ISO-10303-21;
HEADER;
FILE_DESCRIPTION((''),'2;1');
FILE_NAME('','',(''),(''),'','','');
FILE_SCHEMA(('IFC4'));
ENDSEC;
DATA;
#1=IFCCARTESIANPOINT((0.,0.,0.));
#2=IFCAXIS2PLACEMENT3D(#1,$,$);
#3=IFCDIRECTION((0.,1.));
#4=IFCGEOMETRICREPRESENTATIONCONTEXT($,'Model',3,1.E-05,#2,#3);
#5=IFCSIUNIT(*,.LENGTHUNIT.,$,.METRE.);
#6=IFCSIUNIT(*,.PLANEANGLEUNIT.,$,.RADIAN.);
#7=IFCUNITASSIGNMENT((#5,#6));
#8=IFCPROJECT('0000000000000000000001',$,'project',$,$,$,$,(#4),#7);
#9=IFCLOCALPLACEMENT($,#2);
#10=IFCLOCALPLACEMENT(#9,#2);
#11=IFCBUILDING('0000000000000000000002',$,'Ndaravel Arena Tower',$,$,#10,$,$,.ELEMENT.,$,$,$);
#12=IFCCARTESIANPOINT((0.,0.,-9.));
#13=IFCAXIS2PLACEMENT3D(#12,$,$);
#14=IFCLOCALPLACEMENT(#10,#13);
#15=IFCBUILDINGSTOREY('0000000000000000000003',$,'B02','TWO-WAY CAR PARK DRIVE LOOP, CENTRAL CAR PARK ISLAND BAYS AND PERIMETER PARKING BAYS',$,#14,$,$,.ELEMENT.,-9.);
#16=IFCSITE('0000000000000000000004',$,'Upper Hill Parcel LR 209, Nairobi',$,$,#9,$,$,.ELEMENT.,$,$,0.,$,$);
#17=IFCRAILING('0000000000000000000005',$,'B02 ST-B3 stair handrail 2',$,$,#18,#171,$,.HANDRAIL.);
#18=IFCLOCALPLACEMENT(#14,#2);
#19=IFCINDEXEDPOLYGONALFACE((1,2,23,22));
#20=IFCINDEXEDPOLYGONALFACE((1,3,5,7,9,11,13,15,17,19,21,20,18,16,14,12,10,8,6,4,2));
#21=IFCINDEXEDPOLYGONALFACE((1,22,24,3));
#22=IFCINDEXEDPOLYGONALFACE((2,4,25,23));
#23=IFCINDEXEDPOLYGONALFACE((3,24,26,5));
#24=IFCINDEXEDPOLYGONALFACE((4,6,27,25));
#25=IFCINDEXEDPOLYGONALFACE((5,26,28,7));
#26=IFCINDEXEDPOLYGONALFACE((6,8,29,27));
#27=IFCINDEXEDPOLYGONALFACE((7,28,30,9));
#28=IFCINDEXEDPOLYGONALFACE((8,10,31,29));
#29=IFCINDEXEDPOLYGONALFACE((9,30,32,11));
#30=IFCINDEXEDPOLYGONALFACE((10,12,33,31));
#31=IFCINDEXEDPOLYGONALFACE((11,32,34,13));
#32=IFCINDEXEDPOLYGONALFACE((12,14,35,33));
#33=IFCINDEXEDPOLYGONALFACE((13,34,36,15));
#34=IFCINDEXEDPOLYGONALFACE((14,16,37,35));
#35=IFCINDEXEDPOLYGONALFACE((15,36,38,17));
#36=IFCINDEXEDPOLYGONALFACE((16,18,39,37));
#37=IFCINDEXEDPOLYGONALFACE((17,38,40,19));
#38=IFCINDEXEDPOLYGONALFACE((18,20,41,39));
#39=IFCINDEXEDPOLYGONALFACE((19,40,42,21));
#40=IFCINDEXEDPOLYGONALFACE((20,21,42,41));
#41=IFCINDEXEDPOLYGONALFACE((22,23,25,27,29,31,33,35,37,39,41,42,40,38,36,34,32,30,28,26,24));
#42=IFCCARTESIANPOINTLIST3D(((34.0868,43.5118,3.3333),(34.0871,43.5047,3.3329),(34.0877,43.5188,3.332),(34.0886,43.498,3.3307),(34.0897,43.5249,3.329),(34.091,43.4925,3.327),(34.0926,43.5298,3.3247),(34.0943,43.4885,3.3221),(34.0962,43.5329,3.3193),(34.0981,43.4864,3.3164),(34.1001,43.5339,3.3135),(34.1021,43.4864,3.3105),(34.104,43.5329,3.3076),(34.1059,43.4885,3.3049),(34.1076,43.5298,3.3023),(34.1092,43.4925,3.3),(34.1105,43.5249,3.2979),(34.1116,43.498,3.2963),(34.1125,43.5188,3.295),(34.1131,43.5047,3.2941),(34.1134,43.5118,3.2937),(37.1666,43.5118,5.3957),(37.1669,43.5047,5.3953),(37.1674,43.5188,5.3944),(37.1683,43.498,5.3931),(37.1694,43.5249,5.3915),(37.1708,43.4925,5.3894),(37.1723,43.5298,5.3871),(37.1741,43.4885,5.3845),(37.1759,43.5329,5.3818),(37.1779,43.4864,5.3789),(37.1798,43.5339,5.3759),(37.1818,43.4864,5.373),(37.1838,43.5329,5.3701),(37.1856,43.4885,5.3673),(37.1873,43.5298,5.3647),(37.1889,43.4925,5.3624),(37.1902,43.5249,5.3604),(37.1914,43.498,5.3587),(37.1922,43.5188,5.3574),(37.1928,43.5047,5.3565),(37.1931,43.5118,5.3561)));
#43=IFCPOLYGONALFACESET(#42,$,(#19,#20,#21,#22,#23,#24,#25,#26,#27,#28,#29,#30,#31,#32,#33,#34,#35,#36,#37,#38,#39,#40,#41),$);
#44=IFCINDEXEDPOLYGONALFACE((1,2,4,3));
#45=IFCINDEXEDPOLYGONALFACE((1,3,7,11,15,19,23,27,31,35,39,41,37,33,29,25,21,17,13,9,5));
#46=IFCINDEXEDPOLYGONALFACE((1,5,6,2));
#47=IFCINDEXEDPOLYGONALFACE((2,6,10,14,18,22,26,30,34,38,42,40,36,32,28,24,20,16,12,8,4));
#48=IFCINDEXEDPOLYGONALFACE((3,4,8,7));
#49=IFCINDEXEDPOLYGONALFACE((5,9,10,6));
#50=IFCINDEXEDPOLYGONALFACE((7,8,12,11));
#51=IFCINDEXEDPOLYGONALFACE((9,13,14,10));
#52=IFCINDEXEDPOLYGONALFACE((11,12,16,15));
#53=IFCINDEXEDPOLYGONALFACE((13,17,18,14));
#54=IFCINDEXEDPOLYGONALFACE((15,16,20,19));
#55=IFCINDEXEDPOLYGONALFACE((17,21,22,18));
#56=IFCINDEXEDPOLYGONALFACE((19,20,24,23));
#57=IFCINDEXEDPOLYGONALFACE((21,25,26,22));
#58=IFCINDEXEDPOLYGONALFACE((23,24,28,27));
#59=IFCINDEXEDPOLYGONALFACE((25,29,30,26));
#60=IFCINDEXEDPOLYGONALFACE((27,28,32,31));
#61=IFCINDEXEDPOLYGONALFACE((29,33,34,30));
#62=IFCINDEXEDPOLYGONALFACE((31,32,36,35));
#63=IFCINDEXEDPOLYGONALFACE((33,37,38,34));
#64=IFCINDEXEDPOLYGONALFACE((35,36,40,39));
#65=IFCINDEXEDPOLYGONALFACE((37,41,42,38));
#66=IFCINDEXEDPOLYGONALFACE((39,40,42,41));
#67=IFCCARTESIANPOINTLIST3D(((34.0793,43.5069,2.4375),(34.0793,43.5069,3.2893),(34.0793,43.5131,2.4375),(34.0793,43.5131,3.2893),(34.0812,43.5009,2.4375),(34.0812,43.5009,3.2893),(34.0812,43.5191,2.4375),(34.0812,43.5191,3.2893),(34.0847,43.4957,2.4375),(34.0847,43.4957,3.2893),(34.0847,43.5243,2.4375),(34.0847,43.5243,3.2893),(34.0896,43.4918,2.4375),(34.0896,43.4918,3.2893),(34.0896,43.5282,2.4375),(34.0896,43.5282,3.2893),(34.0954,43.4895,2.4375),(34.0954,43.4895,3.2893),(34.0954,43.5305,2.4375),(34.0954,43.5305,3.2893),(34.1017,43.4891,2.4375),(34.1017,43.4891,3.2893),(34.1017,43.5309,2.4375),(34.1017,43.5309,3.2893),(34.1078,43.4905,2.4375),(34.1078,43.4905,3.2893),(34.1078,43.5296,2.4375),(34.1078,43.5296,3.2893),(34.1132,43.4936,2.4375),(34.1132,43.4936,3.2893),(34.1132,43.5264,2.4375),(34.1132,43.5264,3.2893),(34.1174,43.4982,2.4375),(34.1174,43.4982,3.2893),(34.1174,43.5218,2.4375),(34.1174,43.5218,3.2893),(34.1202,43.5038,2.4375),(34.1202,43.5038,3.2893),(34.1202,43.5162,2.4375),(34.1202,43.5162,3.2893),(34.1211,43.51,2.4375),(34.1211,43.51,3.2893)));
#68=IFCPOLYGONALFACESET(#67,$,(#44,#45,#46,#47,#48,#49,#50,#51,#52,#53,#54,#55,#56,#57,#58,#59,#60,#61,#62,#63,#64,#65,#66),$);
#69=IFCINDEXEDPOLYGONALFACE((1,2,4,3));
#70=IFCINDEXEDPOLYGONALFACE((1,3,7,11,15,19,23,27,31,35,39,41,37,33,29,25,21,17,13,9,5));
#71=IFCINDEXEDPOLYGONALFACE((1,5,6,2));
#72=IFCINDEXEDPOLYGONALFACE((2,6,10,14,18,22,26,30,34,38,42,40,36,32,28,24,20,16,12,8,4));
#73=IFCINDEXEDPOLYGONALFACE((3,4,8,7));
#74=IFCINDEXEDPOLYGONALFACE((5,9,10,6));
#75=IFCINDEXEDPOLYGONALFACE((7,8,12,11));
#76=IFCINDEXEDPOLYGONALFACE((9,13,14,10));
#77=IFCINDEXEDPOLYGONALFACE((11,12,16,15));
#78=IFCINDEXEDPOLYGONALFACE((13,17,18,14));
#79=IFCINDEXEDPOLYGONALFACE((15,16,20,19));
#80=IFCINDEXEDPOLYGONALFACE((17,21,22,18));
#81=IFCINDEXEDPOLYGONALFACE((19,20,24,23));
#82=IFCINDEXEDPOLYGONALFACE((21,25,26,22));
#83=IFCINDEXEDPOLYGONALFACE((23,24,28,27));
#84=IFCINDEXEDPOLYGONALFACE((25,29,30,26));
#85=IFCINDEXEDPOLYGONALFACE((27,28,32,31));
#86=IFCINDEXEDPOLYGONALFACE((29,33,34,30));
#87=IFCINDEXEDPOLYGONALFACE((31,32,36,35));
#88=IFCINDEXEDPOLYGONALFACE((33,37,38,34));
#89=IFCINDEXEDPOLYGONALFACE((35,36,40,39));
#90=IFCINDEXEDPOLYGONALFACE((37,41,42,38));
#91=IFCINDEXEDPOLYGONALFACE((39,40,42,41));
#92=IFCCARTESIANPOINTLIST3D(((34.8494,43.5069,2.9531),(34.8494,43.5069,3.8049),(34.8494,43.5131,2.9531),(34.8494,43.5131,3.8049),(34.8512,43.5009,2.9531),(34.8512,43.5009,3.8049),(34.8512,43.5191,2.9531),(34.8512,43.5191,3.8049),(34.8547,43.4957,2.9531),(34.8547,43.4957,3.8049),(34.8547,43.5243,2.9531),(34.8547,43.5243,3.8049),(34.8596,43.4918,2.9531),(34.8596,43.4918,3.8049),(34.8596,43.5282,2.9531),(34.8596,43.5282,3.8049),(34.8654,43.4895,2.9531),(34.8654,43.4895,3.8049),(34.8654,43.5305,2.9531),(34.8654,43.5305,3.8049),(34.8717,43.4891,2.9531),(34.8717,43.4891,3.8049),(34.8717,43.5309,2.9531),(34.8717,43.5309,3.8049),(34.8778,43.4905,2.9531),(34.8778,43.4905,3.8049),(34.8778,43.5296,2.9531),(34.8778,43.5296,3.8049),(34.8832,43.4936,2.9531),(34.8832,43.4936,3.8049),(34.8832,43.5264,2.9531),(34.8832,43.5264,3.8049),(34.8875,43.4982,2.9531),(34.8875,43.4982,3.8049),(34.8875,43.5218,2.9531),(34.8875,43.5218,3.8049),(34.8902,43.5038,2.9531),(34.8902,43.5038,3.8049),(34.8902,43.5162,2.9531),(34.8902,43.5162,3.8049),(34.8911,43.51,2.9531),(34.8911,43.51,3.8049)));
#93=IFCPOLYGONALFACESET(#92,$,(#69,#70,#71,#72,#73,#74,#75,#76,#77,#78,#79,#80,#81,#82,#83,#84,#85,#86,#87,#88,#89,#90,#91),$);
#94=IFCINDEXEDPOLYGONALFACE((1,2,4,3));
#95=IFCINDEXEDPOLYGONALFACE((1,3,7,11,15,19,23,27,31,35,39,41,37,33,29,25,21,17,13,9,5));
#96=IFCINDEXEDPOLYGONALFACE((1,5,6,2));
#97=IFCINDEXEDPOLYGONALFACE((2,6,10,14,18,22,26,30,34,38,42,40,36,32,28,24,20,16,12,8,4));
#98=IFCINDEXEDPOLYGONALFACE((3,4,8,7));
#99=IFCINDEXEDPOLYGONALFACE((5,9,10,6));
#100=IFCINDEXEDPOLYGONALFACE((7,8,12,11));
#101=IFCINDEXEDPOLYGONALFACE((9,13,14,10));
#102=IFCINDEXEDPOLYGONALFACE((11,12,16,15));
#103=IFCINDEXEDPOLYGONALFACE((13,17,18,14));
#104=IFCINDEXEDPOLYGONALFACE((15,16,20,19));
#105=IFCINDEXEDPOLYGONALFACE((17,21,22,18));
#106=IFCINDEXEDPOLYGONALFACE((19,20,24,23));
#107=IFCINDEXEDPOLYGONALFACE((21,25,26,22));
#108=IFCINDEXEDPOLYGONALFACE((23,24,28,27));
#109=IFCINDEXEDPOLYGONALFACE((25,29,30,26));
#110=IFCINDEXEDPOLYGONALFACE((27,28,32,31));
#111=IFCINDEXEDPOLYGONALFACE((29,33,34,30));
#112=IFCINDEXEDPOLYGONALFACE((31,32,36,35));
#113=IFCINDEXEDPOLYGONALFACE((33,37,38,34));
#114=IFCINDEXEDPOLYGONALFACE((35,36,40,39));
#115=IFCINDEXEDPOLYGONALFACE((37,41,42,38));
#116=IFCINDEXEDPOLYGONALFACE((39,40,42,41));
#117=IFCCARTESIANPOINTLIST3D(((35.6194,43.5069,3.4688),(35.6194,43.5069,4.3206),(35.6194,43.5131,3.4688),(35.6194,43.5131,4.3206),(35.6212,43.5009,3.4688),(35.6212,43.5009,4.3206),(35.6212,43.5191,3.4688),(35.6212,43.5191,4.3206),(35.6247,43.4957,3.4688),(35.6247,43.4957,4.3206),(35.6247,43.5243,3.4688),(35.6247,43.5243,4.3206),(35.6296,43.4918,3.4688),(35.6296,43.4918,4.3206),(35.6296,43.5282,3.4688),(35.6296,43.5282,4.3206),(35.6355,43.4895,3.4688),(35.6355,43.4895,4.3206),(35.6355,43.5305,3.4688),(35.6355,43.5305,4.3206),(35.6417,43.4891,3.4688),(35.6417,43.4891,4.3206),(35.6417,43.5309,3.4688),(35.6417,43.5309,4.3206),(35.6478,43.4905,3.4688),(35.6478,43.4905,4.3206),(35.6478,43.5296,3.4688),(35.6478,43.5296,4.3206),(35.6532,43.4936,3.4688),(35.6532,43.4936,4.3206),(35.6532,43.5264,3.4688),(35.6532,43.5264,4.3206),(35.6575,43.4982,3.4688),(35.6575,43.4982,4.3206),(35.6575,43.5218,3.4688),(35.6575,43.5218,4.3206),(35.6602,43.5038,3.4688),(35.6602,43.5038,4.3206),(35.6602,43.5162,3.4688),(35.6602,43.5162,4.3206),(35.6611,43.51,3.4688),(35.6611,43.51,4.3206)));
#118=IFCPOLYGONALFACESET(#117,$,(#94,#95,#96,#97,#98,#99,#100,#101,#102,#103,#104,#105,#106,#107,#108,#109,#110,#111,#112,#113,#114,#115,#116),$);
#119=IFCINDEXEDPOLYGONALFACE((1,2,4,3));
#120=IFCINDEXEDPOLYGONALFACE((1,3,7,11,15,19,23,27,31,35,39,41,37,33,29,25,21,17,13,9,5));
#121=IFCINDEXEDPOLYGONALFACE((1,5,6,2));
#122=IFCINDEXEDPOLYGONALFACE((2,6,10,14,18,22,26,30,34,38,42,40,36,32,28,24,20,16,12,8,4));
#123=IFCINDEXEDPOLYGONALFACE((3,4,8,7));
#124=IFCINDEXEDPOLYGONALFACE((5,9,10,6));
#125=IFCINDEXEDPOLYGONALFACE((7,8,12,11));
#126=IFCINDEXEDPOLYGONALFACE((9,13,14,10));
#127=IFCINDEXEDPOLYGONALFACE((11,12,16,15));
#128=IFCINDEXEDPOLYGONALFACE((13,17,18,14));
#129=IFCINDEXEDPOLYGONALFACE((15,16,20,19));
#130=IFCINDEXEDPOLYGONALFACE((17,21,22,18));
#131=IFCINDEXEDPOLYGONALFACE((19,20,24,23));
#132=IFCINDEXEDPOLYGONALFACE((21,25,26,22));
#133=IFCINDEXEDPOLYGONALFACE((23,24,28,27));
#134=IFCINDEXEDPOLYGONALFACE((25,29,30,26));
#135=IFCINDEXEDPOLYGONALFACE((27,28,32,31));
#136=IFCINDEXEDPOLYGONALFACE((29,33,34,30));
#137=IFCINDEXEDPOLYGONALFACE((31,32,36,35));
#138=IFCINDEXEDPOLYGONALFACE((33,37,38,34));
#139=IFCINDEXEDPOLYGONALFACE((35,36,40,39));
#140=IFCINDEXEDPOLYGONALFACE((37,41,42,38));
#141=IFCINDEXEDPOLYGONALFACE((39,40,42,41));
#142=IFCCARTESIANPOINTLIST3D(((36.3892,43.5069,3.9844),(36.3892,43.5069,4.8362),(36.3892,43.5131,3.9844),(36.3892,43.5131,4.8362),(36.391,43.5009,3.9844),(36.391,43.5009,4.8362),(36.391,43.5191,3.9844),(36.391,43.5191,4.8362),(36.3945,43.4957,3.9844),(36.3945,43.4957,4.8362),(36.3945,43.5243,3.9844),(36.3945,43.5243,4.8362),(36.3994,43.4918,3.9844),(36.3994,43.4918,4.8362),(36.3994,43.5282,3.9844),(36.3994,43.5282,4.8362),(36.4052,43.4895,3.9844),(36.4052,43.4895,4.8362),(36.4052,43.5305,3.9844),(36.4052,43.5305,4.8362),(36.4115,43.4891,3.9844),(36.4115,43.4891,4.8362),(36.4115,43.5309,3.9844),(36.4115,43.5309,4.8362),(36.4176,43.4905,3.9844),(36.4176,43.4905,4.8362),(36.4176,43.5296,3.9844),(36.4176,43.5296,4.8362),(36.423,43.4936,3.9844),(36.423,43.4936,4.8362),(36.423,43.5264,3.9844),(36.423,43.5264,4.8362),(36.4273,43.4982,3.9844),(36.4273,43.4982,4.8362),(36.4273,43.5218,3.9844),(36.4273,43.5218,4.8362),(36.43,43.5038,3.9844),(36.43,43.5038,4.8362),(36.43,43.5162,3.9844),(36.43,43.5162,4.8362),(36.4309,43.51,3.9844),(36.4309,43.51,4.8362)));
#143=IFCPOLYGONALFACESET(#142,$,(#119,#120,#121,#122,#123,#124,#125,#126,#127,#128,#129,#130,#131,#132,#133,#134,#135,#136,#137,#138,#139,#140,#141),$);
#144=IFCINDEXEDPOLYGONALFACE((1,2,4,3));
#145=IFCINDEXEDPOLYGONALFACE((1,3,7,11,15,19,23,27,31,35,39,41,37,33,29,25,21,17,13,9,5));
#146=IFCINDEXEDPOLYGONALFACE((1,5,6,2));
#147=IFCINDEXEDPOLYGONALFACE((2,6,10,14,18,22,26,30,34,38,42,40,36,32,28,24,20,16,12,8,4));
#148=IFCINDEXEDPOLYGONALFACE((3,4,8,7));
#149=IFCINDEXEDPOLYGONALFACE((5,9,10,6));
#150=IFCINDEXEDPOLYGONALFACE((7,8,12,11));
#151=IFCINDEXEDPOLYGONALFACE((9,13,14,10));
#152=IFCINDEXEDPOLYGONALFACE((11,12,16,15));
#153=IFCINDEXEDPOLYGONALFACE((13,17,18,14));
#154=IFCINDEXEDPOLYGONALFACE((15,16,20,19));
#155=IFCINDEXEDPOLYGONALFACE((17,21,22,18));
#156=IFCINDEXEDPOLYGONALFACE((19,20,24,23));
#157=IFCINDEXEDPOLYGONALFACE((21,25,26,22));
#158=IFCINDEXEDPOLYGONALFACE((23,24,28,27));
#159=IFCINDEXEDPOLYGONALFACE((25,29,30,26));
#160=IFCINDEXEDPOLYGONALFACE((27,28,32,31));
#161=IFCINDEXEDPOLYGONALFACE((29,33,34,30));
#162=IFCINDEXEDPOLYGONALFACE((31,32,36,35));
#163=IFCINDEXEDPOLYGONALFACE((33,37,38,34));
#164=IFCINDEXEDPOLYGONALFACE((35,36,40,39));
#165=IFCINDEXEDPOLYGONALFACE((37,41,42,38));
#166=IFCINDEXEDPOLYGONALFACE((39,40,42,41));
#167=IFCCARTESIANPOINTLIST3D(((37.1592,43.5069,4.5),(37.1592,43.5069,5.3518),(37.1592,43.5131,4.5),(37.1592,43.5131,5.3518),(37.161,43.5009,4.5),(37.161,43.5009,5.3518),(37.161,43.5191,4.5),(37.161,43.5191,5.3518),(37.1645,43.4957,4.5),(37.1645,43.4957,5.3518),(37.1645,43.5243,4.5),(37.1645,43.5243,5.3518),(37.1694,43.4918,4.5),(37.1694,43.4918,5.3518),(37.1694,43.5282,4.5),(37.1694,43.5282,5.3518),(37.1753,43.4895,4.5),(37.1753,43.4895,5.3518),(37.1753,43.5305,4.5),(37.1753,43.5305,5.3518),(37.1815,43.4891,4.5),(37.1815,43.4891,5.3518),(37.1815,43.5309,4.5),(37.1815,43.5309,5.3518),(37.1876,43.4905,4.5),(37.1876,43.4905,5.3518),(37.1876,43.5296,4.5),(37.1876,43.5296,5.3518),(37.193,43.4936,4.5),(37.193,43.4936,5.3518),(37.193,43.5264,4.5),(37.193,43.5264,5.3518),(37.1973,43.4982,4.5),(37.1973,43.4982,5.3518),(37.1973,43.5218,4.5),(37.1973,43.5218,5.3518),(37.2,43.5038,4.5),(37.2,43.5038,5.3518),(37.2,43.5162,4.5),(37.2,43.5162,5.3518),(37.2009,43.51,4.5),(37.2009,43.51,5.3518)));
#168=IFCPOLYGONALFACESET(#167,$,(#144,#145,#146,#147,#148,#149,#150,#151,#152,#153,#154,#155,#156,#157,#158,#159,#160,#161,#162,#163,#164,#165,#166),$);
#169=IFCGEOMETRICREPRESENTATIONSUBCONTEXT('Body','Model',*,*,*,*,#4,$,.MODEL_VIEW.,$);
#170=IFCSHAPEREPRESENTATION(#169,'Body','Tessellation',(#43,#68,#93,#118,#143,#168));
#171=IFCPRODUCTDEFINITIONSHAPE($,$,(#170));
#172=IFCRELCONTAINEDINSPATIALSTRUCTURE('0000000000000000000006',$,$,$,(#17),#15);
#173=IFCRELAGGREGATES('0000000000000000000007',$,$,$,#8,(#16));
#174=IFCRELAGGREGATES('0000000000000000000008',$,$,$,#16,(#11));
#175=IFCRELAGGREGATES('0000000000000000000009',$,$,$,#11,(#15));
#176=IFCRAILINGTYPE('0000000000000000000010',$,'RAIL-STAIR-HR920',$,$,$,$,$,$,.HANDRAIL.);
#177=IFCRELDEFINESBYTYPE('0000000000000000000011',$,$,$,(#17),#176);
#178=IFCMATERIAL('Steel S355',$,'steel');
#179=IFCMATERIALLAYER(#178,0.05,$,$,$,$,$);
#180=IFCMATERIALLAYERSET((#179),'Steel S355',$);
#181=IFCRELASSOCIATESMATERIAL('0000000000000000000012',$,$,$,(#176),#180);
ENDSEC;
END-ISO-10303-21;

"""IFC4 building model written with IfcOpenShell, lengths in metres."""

from ifc_helpers import new_model, si_unit, direction, frame, origin, origin_2d, place, context, subcontext, project, spatial, circle, extrude, material, layer, layer_set, type_object, element, save


model = new_model("IFC4")

# Units and contexts
model_context = context("Model", 3, precision=1e-05, world=origin(), true_north=direction((0.0, 1.0)))
body_context = subcontext(model_context, "Body", "Model", "MODEL_VIEW")
ifc_project = project(units=[si_unit("LENGTHUNIT", "METRE"), si_unit("PLANEANGLEUNIT", "RADIAN")], contexts=[model_context])

# Site, building, storey
site_placement = place(None, origin())
site = spatial("IfcSite", under=ifc_project, at=site_placement, Name="Upper Hill Parcel LR 209, Nairobi", CompositionType="ELEMENT", RefElevation=0.0)
building_placement = place(site_placement, origin())
building = spatial("IfcBuilding", under=site, at=building_placement, Name="Ndaravel Arena Tower", CompositionType="ELEMENT")
storey_placement = place(building_placement, frame((0.0, 0.0, -9.0)))
storey = spatial("IfcBuildingStorey", under=building, at=storey_placement, Name="B02", Description="TWO-WAY CAR PARK DRIVE LOOP, CENTRAL CAR PARK ISLAND BAYS AND PERIMETER PARKING BAYS", CompositionType="ELEMENT", Elevation=-9.0)

# Railing
ifc_material_1 = material(Name="Steel S355", Category="steel")
ifc_layer_1 = layer(ifc_material_1, 0.05)
ifc_layer_set_1 = layer_set([ifc_layer_1], Name="Steel S355")
railing_type_1 = type_object("IfcRailingType", Name="RAIL-STAIR-HR920", PredefinedType="HANDRAIL", material=ifc_layer_set_1)
railing_1_placement = place(storey_placement, frame((34.1001, 43.51, 2.4375)))
element("IfcRailing", 1, at=railing_1_placement, inside=storey, type_object=railing_type_1, Name="B02 ST-B3 stair handrail 2", PredefinedType="HANDRAIL", context=body_context, shape_type="SweptSolid", body=[
    extrude(circle(Radius=0.0239, at=origin_2d()), frame((0.0, 0.0, 0.876), z_axis=(0.830893, 0.0, 0.556432), x_axis=(0.0, 1.0, 0.0)), (0.0, 0.0, 1.0), 3.7065),
    extrude(circle(Radius=0.021, at=origin_2d()), origin(), (0.0, 0.0, 1.0), 0.8518),
    extrude(circle(Radius=0.021, at=origin_2d()), frame((0.77, 0.0, 0.5156)), (0.0, 0.0, 1.0), 0.8518),
    extrude(circle(Radius=0.021, at=origin_2d()), frame((1.54, 0.0, 1.0312)), (0.0, 0.0, 1.0), 0.8518),
    extrude(circle(Radius=0.021, at=origin_2d()), frame((2.3098, 0.0, 1.5469)), (0.0, 0.0, 1.0), 0.8518),
    extrude(circle(Radius=0.021, at=origin_2d()), frame((3.0798, 0.0, 2.0625)), (0.0, 0.0, 1.0), 0.8518),
])

save(model, "model.ifc")
